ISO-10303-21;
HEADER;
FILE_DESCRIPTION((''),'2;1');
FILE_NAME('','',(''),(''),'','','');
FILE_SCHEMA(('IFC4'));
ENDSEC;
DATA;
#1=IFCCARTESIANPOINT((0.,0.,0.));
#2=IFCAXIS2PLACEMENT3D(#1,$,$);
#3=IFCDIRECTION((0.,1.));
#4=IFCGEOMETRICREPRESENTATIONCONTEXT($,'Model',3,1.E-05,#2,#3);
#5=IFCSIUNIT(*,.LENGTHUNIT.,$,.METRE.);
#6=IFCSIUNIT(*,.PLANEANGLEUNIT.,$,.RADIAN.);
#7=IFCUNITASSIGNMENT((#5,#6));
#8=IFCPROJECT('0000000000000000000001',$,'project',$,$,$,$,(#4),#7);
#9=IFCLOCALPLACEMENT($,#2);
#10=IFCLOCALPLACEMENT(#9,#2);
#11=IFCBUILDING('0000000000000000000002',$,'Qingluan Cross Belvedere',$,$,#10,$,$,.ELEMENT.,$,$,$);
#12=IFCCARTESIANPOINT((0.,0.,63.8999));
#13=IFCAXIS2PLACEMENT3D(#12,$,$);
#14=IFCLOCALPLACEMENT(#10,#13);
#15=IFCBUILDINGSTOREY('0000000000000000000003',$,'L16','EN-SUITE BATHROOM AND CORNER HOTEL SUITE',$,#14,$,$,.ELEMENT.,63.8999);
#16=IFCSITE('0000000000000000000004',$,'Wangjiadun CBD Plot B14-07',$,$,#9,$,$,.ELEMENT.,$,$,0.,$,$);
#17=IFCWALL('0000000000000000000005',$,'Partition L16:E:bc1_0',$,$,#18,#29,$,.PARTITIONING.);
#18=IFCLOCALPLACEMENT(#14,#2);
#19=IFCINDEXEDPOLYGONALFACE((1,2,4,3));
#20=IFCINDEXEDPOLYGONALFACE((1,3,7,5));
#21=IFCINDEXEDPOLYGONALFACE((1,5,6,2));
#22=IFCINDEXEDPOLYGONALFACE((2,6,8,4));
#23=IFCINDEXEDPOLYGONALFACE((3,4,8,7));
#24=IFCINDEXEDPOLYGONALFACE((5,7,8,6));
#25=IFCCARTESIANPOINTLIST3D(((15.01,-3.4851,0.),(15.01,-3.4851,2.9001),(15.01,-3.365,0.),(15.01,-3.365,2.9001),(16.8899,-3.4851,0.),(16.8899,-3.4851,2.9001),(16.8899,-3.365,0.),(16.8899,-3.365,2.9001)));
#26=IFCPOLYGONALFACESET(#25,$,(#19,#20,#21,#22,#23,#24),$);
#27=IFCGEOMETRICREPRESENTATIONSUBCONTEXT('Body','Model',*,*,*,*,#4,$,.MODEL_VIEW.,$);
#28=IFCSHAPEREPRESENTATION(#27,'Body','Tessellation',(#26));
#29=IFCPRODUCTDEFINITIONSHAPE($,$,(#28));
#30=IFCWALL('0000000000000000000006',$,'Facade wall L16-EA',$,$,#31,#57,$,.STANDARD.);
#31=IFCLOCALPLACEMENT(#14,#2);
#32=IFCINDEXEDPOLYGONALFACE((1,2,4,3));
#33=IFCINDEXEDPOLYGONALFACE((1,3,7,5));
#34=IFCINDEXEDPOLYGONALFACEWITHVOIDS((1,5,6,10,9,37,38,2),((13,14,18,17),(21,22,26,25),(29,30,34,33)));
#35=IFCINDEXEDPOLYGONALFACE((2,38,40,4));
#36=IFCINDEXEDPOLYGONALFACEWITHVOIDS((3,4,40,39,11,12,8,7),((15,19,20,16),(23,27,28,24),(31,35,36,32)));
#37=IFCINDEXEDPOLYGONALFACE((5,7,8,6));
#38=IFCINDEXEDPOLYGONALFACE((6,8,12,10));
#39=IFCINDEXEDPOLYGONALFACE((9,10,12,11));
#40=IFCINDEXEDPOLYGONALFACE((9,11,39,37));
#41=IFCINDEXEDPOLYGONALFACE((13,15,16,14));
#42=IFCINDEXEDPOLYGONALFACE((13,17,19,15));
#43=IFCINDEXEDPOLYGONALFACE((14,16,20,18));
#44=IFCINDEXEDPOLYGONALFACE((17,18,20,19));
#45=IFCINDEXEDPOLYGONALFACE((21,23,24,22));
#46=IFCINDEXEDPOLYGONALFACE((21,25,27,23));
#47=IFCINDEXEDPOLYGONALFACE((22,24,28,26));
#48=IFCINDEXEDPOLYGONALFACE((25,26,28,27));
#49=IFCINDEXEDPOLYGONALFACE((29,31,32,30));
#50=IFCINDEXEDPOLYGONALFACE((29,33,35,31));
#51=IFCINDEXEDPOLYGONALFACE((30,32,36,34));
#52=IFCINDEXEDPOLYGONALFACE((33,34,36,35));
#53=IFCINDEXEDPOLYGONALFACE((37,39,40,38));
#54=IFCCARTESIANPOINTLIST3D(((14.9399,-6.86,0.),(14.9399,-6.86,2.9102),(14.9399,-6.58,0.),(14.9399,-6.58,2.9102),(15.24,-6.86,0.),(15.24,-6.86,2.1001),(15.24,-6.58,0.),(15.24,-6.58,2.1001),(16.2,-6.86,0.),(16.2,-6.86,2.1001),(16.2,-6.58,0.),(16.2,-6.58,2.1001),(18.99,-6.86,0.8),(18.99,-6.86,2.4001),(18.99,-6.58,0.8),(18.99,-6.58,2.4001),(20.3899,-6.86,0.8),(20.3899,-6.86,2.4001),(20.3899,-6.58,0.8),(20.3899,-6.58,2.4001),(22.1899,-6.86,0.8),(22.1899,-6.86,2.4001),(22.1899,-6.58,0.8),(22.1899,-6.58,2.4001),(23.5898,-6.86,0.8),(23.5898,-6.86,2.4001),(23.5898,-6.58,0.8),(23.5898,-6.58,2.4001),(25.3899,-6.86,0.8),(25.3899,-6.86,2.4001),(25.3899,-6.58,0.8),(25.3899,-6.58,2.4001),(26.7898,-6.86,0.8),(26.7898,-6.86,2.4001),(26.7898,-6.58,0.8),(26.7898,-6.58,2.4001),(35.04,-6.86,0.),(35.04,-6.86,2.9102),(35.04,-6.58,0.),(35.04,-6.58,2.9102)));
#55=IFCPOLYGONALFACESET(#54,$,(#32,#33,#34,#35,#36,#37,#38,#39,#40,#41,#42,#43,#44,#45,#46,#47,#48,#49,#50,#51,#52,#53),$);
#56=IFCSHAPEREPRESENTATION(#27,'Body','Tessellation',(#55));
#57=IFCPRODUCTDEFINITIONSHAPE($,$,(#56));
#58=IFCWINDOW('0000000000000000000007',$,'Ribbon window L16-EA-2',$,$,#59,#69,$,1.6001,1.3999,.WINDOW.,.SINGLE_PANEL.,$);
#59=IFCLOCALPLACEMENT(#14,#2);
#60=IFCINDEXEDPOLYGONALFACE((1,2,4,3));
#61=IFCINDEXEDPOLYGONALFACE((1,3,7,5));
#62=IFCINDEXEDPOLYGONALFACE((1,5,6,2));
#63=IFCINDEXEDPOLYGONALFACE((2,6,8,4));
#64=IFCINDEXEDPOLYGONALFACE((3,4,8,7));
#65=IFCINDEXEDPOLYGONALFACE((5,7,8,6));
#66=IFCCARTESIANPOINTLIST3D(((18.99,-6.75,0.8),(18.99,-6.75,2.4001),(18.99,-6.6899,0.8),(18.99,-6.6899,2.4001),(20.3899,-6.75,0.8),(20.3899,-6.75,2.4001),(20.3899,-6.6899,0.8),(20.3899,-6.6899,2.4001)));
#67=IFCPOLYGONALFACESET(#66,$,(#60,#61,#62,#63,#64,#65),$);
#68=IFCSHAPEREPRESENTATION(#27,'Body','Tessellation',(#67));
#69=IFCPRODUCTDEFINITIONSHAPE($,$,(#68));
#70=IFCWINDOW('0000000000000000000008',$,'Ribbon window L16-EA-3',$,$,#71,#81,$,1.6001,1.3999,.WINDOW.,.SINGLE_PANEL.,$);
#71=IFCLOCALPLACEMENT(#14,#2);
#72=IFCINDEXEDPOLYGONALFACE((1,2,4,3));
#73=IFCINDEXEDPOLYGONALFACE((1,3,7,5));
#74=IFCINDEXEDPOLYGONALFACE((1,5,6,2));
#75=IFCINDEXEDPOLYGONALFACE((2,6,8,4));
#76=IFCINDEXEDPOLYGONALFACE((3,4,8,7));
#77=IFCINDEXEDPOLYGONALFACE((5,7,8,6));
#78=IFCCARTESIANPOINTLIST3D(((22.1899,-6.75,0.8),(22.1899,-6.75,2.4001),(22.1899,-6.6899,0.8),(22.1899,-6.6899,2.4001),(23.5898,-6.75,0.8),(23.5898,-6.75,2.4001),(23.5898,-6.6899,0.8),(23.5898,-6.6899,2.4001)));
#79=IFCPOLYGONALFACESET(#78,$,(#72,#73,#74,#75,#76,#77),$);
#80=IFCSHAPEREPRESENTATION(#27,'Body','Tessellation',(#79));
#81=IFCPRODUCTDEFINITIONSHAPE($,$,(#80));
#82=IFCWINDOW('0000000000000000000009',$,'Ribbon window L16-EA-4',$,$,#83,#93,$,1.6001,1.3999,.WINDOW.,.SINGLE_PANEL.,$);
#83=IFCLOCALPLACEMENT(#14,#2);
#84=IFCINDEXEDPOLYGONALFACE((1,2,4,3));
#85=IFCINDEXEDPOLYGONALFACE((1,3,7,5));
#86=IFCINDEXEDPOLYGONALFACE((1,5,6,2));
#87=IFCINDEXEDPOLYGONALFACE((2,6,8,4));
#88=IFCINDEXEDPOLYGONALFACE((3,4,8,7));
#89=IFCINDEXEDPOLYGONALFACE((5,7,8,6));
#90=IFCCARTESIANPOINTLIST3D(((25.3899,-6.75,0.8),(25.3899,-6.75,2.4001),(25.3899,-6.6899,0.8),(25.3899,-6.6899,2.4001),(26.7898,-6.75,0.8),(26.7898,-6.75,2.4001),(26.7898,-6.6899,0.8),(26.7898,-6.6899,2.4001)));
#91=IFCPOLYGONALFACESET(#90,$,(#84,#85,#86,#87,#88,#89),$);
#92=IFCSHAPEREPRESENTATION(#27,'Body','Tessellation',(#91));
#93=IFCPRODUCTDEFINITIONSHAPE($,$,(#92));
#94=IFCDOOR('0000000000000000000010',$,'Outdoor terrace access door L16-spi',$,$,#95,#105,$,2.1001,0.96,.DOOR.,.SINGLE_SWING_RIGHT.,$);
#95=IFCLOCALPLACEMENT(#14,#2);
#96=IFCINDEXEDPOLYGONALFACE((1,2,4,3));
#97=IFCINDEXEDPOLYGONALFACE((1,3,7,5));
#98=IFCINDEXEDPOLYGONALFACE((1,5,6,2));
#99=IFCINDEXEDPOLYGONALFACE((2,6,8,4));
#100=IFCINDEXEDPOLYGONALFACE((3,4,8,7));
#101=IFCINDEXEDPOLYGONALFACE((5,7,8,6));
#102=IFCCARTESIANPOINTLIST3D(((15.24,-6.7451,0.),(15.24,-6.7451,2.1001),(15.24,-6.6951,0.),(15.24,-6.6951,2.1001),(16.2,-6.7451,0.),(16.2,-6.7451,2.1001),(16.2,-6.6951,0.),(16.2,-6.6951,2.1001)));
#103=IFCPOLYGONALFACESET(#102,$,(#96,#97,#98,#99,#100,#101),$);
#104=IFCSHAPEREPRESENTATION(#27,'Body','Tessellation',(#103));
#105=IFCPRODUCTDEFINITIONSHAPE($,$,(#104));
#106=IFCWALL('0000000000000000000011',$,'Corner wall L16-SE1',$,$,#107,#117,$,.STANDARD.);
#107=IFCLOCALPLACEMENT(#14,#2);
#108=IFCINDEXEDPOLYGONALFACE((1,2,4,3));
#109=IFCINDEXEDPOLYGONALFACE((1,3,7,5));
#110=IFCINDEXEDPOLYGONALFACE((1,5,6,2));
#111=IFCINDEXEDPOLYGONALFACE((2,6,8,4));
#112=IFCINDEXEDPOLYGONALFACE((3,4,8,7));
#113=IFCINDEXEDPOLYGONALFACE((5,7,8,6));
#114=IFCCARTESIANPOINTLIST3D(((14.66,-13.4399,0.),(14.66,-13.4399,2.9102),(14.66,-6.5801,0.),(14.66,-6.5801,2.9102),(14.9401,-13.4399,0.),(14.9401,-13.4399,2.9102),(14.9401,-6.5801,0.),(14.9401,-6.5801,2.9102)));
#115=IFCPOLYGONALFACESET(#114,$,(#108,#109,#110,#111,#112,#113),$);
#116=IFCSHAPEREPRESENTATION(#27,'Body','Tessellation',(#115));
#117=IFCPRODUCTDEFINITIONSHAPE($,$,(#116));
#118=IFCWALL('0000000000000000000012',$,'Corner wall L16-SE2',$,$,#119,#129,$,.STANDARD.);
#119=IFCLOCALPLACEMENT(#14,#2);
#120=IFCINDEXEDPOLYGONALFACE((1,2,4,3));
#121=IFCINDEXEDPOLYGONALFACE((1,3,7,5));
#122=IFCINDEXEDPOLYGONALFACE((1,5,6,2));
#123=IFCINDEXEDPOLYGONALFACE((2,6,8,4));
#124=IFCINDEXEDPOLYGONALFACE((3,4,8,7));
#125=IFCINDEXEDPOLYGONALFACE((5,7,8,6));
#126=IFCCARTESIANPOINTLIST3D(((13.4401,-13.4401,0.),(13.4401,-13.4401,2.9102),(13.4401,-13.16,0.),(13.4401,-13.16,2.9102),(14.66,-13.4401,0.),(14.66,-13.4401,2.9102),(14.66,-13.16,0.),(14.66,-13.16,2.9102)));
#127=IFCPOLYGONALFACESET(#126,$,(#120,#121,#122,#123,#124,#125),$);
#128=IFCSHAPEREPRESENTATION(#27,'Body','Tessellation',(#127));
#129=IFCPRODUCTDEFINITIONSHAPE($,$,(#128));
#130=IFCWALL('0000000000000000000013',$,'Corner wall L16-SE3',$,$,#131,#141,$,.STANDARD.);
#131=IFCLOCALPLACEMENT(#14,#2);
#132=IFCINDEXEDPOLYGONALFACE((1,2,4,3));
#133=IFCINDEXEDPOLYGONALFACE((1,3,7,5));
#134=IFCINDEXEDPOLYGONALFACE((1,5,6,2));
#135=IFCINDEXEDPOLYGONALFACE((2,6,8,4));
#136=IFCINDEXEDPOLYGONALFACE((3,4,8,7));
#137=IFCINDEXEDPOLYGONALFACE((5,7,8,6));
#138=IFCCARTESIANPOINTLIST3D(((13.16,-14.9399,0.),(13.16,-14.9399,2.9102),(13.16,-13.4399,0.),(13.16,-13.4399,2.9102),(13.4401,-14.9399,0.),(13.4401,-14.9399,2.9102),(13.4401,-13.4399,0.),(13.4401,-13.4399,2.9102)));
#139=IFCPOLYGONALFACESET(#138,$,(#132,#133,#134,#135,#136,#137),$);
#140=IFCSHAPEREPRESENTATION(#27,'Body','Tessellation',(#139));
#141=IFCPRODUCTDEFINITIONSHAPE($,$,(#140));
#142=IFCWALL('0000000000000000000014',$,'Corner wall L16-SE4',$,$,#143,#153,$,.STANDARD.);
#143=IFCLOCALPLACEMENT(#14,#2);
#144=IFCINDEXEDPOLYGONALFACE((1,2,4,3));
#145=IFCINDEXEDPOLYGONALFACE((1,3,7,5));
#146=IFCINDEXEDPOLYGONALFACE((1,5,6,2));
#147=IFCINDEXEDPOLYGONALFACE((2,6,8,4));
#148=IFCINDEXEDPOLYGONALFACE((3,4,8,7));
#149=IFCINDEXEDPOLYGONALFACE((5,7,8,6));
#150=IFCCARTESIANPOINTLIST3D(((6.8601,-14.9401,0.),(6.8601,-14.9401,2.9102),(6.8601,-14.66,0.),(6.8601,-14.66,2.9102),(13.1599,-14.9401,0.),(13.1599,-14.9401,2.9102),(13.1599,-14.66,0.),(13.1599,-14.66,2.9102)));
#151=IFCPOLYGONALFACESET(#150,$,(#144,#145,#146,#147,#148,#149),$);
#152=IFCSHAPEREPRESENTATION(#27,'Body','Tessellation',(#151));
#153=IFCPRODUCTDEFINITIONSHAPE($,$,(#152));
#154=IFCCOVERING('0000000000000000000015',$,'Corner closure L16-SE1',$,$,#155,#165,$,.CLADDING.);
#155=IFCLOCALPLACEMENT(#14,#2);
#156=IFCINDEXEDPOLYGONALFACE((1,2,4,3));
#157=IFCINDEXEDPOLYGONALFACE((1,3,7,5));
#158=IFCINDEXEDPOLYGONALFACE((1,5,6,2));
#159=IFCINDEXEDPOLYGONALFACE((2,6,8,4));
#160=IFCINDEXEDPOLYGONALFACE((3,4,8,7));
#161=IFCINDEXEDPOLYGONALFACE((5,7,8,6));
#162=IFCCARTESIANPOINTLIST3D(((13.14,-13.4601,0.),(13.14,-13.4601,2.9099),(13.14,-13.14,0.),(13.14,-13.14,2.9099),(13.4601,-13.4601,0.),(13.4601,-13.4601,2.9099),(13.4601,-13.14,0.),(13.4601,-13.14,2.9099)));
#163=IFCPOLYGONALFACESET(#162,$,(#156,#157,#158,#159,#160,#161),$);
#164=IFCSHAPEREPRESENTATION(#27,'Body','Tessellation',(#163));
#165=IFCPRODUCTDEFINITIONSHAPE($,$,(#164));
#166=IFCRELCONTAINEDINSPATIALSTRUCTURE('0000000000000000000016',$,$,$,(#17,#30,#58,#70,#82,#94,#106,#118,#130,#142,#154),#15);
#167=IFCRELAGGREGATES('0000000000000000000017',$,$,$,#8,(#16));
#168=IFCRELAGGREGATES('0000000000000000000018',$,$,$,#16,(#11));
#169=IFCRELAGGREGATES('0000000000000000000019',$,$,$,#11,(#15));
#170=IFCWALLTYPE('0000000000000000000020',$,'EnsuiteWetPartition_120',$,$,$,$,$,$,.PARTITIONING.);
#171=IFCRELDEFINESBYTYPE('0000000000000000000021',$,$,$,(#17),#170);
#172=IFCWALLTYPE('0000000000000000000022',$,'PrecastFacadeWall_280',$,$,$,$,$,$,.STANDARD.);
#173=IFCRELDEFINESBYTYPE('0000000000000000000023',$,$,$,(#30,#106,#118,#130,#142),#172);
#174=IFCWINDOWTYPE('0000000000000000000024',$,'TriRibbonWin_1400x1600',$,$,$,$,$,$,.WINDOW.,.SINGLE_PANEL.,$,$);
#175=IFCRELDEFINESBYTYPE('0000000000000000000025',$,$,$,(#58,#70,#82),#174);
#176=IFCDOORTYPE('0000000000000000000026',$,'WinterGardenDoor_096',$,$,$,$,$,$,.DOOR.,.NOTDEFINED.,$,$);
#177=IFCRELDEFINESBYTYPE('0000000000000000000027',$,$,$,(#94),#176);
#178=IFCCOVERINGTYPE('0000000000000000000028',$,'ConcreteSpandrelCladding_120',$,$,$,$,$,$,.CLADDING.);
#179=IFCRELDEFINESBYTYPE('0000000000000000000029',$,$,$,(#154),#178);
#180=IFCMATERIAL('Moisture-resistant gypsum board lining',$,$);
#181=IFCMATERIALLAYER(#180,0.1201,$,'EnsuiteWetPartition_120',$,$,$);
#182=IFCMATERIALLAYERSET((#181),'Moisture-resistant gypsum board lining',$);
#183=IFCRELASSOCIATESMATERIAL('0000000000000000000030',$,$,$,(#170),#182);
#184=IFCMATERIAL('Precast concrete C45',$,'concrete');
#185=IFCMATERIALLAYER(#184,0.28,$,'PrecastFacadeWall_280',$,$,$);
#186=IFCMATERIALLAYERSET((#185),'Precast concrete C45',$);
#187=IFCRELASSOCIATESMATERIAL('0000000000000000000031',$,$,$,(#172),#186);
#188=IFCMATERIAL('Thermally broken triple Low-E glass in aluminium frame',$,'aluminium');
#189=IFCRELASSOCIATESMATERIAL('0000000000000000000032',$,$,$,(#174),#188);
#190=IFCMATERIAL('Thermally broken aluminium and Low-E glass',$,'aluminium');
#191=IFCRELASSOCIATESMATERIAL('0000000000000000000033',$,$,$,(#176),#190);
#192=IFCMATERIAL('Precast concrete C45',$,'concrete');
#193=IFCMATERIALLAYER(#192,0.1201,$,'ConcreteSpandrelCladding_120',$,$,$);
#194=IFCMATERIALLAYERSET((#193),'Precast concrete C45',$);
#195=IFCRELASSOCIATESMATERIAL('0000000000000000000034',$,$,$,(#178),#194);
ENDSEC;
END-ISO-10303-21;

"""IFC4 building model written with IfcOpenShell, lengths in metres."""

from ifc_helpers import new_model, si_unit, direction, frame, frame_2d, origin, origin_2d, place, context, subcontext, project, spatial, rectangle, extrude, material, layer, layer_set, type_object, element, fill, save


model = new_model("IFC4")

# Units and contexts
model_context = context("Model", 3, precision=1e-05, world=origin(), true_north=direction((0.0, 1.0)))
body_context = subcontext(model_context, "Body", "Model", "MODEL_VIEW")
ifc_project = project(units=[si_unit("LENGTHUNIT", "METRE"), si_unit("PLANEANGLEUNIT", "RADIAN")], contexts=[model_context])

# Site, building, storey
site_placement = place(None, origin())
site = spatial("IfcSite", under=ifc_project, at=site_placement, Name="Wangjiadun CBD Plot B14-07", CompositionType="ELEMENT", RefElevation=0.0)
building_placement = place(site_placement, origin())
building = spatial("IfcBuilding", under=site, at=building_placement, Name="Qingluan Cross Belvedere", CompositionType="ELEMENT")
storey_placement = place(building_placement, frame((0.0, 0.0, 63.8999)))
storey = spatial("IfcBuildingStorey", under=building, at=storey_placement, Name="L16", Description="EN-SUITE BATHROOM AND CORNER HOTEL SUITE", CompositionType="ELEMENT", Elevation=63.8999)

# Wall
ifc_material_1 = material(Name="Moisture-resistant gypsum board lining")
ifc_layer_1 = layer(ifc_material_1, 0.1201, Name="EnsuiteWetPartition_120")
ifc_layer_set_1 = layer_set([ifc_layer_1], Name="Moisture-resistant gypsum board lining")
wall_type_1 = type_object("IfcWallType", Name="EnsuiteWetPartition_120", PredefinedType="PARTITIONING", material=ifc_layer_set_1)
wall_1_placement = place(storey_placement, frame((15.01, -3.425, 0.0), z_axis=(0.0, 0.0, 1.0), x_axis=(1.0, 0.0, 0.0)))
element("IfcWall", 1, at=wall_1_placement, inside=storey, type_object=wall_type_1, Name="Partition L16:E:bc1_0", PredefinedType="PARTITIONING", context=body_context, shape_type="SweptSolid", body=[
    extrude(rectangle(XDim=1.8799, YDim=0.1201, at=frame_2d((0.9399, 0.0))), origin(), (0.0, 0.0, 1.0), 2.9001),
])

# Wall, openings, windows, door
ifc_material_2 = material(Name="Precast concrete C45", Category="concrete")
ifc_layer_2 = layer(ifc_material_2, 0.28, Name="PrecastFacadeWall_280")
ifc_layer_set_2 = layer_set([ifc_layer_2], Name="Precast concrete C45")
wall_type_2 = type_object("IfcWallType", Name="PrecastFacadeWall_280", PredefinedType="STANDARD", material=ifc_layer_set_2)
wall_2_placement = place(storey_placement, frame((14.9399, -6.72, 0.0), z_axis=(0.0, 0.0, 1.0), x_axis=(1.0, 0.0, 0.0)))
wall_2 = element("IfcWall", 2, at=wall_2_placement, inside=storey, type_object=wall_type_2, Name="Facade wall L16-EA", PredefinedType="STANDARD", context=body_context, shape_type="SweptSolid", body=[
    extrude(rectangle(XDim=20.1001, YDim=0.28, at=frame_2d((10.05, 0.0))), origin(), (0.0, 0.0, 1.0), 2.9102),
])
opening_1_placement = place(wall_2_placement, frame((4.05, 0.0, 0.8)))
opening_1 = element("IfcOpeningElement", 3, at=opening_1_placement, cuts=wall_2, PredefinedType="OPENING", context=body_context, shape_type="SweptSolid", body=[
    extrude(rectangle(XDim=1.3999, YDim=1.6001, at=frame_2d((0.7, 0.8))), frame((0.0, 0.1499, 0.0), z_axis=(0.0, -1.0, 0.0), x_axis=(1.0, 0.0, 0.0)), (0.0, 0.0, 1.0), 0.3),
])
opening_2_placement = place(wall_2_placement, frame((7.25, 0.0, 0.8)))
opening_2 = element("IfcOpeningElement", 4, at=opening_2_placement, cuts=wall_2, PredefinedType="OPENING", context=body_context, shape_type="SweptSolid", body=[
    extrude(rectangle(XDim=1.3999, YDim=1.6001, at=frame_2d((0.7, 0.8))), frame((0.0, 0.1499, 0.0), z_axis=(0.0, -1.0, 0.0), x_axis=(1.0, 0.0, 0.0)), (0.0, 0.0, 1.0), 0.3),
])
opening_3_placement = place(wall_2_placement, frame((10.45, 0.0, 0.8)))
opening_3 = element("IfcOpeningElement", 5, at=opening_3_placement, cuts=wall_2, PredefinedType="OPENING", context=body_context, shape_type="SweptSolid", body=[
    extrude(rectangle(XDim=1.3999, YDim=1.6001, at=frame_2d((0.7, 0.8))), frame((0.0, 0.1499, 0.0), z_axis=(0.0, -1.0, 0.0), x_axis=(1.0, 0.0, 0.0)), (0.0, 0.0, 1.0), 0.3),
])
opening_4_placement = place(wall_2_placement, frame((0.3, 0.0, 0.0)))
opening_4 = element("IfcOpeningElement", 6, at=opening_4_placement, cuts=wall_2, PredefinedType="OPENING", context=body_context, shape_type="SweptSolid", body=[
    extrude(rectangle(XDim=0.96, YDim=2.1001, at=frame_2d((0.48, 1.05))), frame((0.0, 0.1499, 0.0), z_axis=(0.0, -1.0, 0.0), x_axis=(1.0, 0.0, 0.0)), (0.0, 0.0, 1.0), 0.3),
])
ifc_material_3 = material(Name="Thermally broken triple Low-E glass in aluminium frame", Category="aluminium")
window_type = type_object("IfcWindowType", Name="TriRibbonWin_1400x1600", PartitioningType="SINGLE_PANEL", PredefinedType="WINDOW", material=ifc_material_3)
window_1_placement = place(opening_1_placement, origin())
window_1 = element("IfcWindow", 7, at=window_1_placement, inside=storey, type_object=window_type, Name="Ribbon window L16-EA-2", OverallHeight=1.6001, OverallWidth=1.3999, PartitioningType="SINGLE_PANEL", PredefinedType="WINDOW", context=body_context, shape_type="SweptSolid", body=[
    extrude(rectangle(XDim=1.3999, YDim=1.6001, at=frame_2d((0.7, 0.8))), frame((0.0, 0.03, 0.0), z_axis=(0.0, -1.0, 0.0), x_axis=(1.0, 0.0, 0.0)), (0.0, 0.0, 1.0), 0.0601),
])
fill(opening_1, window_1)
window_2_placement = place(opening_2_placement, origin())
window_2 = element("IfcWindow", 8, at=window_2_placement, inside=storey, type_object=window_type, Name="Ribbon window L16-EA-3", OverallHeight=1.6001, OverallWidth=1.3999, PartitioningType="SINGLE_PANEL", PredefinedType="WINDOW", context=body_context, shape_type="SweptSolid", body=[
    extrude(rectangle(XDim=1.3999, YDim=1.6001, at=frame_2d((0.7, 0.8))), frame((0.0, 0.03, 0.0), z_axis=(0.0, -1.0, 0.0), x_axis=(1.0, 0.0, 0.0)), (0.0, 0.0, 1.0), 0.0601),
])
fill(opening_2, window_2)
window_3_placement = place(opening_3_placement, origin())
window_3 = element("IfcWindow", 9, at=window_3_placement, inside=storey, type_object=window_type, Name="Ribbon window L16-EA-4", OverallHeight=1.6001, OverallWidth=1.3999, PartitioningType="SINGLE_PANEL", PredefinedType="WINDOW", context=body_context, shape_type="SweptSolid", body=[
    extrude(rectangle(XDim=1.3999, YDim=1.6001, at=frame_2d((0.7, 0.8))), frame((0.0, 0.03, 0.0), z_axis=(0.0, -1.0, 0.0), x_axis=(1.0, 0.0, 0.0)), (0.0, 0.0, 1.0), 0.0601),
])
fill(opening_3, window_3)
ifc_material_4 = material(Name="Thermally broken aluminium and Low-E glass", Category="aluminium")
door_type = type_object("IfcDoorType", Name="WinterGardenDoor_096", OperationType="NOTDEFINED", PredefinedType="DOOR", material=ifc_material_4)
door_placement = place(opening_4_placement, origin())
door = element("IfcDoor", 10, at=door_placement, inside=storey, type_object=door_type, Name="Outdoor terrace access door L16-spi", OperationType="SINGLE_SWING_RIGHT", OverallHeight=2.1001, OverallWidth=0.96, PredefinedType="DOOR", context=body_context, shape_type="SweptSolid", body=[
    extrude(rectangle(XDim=0.96, YDim=2.1001, at=frame_2d((0.48, 1.05))), frame((0.0, 0.0249, 0.0), z_axis=(0.0, -1.0, 0.0), x_axis=(1.0, 0.0, 0.0)), (0.0, 0.0, 1.0), 0.05),
])
fill(opening_4, door)

# Walls
wall_3_placement = place(storey_placement, frame((14.8, -6.5801, 0.0), z_axis=(0.0, 0.0, 1.0), x_axis=(0.0, -1.0, 0.0)))
element("IfcWall", 11, at=wall_3_placement, inside=storey, type_object=wall_type_2, Name="Corner wall L16-SE1", PredefinedType="STANDARD", context=body_context, shape_type="SweptSolid", body=[
    extrude(rectangle(XDim=6.8599, YDim=0.28, at=frame_2d((3.4299, 0.0))), origin(), (0.0, 0.0, 1.0), 2.9102),
])
wall_4_placement = place(storey_placement, frame((14.6599, -13.3, 0.0), z_axis=(0.0, 0.0, 1.0), x_axis=(-1.0, 0.0, 0.0)))
element("IfcWall", 12, at=wall_4_placement, inside=storey, type_object=wall_type_2, Name="Corner wall L16-SE2", PredefinedType="STANDARD", context=body_context, shape_type="SweptSolid", body=[
    extrude(rectangle(XDim=1.22, YDim=0.28, at=frame_2d((0.6099, 0.0))), origin(), (0.0, 0.0, 1.0), 2.9102),
])
wall_5_placement = place(storey_placement, frame((13.3, -13.4399, 0.0), z_axis=(0.0, 0.0, 1.0), x_axis=(0.0, -1.0, 0.0)))
element("IfcWall", 13, at=wall_5_placement, inside=storey, type_object=wall_type_2, Name="Corner wall L16-SE3", PredefinedType="STANDARD", context=body_context, shape_type="SweptSolid", body=[
    extrude(rectangle(XDim=1.5, YDim=0.28, at=frame_2d((0.75, 0.0))), origin(), (0.0, 0.0, 1.0), 2.9102),
])
wall_6_placement = place(storey_placement, frame((13.1599, -14.8, 0.0), z_axis=(0.0, 0.0, 1.0), x_axis=(-1.0, 0.0, 0.0)))
element("IfcWall", 14, at=wall_6_placement, inside=storey, type_object=wall_type_2, Name="Corner wall L16-SE4", PredefinedType="STANDARD", context=body_context, shape_type="SweptSolid", body=[
    extrude(rectangle(XDim=6.2998, YDim=0.28, at=frame_2d((3.1499, 0.0))), origin(), (0.0, 0.0, 1.0), 2.9102),
])

# Covering
ifc_material_5 = material(Name="Precast concrete C45", Category="concrete")
ifc_layer_3 = layer(ifc_material_5, 0.1201, Name="ConcreteSpandrelCladding_120")
ifc_layer_set_3 = layer_set([ifc_layer_3], Name="Precast concrete C45")
covering_type_1 = type_object("IfcCoveringType", Name="ConcreteSpandrelCladding_120", PredefinedType="CLADDING", material=ifc_layer_set_3)
covering_1_placement = place(storey_placement, frame((13.3, -13.3, 0.0), z_axis=(0.0, 0.0, 1.0), x_axis=(1.0, 0.0, 0.0)))
element("IfcCovering", 15, at=covering_1_placement, inside=storey, type_object=covering_type_1, Name="Corner closure L16-SE1", PredefinedType="CLADDING", context=body_context, shape_type="SweptSolid", body=[
    extrude(rectangle(XDim=0.3201, YDim=0.3201, at=origin_2d()), origin(), (0.0, 0.0, 1.0), 2.9099),
])

save(model, "model.ifc")
